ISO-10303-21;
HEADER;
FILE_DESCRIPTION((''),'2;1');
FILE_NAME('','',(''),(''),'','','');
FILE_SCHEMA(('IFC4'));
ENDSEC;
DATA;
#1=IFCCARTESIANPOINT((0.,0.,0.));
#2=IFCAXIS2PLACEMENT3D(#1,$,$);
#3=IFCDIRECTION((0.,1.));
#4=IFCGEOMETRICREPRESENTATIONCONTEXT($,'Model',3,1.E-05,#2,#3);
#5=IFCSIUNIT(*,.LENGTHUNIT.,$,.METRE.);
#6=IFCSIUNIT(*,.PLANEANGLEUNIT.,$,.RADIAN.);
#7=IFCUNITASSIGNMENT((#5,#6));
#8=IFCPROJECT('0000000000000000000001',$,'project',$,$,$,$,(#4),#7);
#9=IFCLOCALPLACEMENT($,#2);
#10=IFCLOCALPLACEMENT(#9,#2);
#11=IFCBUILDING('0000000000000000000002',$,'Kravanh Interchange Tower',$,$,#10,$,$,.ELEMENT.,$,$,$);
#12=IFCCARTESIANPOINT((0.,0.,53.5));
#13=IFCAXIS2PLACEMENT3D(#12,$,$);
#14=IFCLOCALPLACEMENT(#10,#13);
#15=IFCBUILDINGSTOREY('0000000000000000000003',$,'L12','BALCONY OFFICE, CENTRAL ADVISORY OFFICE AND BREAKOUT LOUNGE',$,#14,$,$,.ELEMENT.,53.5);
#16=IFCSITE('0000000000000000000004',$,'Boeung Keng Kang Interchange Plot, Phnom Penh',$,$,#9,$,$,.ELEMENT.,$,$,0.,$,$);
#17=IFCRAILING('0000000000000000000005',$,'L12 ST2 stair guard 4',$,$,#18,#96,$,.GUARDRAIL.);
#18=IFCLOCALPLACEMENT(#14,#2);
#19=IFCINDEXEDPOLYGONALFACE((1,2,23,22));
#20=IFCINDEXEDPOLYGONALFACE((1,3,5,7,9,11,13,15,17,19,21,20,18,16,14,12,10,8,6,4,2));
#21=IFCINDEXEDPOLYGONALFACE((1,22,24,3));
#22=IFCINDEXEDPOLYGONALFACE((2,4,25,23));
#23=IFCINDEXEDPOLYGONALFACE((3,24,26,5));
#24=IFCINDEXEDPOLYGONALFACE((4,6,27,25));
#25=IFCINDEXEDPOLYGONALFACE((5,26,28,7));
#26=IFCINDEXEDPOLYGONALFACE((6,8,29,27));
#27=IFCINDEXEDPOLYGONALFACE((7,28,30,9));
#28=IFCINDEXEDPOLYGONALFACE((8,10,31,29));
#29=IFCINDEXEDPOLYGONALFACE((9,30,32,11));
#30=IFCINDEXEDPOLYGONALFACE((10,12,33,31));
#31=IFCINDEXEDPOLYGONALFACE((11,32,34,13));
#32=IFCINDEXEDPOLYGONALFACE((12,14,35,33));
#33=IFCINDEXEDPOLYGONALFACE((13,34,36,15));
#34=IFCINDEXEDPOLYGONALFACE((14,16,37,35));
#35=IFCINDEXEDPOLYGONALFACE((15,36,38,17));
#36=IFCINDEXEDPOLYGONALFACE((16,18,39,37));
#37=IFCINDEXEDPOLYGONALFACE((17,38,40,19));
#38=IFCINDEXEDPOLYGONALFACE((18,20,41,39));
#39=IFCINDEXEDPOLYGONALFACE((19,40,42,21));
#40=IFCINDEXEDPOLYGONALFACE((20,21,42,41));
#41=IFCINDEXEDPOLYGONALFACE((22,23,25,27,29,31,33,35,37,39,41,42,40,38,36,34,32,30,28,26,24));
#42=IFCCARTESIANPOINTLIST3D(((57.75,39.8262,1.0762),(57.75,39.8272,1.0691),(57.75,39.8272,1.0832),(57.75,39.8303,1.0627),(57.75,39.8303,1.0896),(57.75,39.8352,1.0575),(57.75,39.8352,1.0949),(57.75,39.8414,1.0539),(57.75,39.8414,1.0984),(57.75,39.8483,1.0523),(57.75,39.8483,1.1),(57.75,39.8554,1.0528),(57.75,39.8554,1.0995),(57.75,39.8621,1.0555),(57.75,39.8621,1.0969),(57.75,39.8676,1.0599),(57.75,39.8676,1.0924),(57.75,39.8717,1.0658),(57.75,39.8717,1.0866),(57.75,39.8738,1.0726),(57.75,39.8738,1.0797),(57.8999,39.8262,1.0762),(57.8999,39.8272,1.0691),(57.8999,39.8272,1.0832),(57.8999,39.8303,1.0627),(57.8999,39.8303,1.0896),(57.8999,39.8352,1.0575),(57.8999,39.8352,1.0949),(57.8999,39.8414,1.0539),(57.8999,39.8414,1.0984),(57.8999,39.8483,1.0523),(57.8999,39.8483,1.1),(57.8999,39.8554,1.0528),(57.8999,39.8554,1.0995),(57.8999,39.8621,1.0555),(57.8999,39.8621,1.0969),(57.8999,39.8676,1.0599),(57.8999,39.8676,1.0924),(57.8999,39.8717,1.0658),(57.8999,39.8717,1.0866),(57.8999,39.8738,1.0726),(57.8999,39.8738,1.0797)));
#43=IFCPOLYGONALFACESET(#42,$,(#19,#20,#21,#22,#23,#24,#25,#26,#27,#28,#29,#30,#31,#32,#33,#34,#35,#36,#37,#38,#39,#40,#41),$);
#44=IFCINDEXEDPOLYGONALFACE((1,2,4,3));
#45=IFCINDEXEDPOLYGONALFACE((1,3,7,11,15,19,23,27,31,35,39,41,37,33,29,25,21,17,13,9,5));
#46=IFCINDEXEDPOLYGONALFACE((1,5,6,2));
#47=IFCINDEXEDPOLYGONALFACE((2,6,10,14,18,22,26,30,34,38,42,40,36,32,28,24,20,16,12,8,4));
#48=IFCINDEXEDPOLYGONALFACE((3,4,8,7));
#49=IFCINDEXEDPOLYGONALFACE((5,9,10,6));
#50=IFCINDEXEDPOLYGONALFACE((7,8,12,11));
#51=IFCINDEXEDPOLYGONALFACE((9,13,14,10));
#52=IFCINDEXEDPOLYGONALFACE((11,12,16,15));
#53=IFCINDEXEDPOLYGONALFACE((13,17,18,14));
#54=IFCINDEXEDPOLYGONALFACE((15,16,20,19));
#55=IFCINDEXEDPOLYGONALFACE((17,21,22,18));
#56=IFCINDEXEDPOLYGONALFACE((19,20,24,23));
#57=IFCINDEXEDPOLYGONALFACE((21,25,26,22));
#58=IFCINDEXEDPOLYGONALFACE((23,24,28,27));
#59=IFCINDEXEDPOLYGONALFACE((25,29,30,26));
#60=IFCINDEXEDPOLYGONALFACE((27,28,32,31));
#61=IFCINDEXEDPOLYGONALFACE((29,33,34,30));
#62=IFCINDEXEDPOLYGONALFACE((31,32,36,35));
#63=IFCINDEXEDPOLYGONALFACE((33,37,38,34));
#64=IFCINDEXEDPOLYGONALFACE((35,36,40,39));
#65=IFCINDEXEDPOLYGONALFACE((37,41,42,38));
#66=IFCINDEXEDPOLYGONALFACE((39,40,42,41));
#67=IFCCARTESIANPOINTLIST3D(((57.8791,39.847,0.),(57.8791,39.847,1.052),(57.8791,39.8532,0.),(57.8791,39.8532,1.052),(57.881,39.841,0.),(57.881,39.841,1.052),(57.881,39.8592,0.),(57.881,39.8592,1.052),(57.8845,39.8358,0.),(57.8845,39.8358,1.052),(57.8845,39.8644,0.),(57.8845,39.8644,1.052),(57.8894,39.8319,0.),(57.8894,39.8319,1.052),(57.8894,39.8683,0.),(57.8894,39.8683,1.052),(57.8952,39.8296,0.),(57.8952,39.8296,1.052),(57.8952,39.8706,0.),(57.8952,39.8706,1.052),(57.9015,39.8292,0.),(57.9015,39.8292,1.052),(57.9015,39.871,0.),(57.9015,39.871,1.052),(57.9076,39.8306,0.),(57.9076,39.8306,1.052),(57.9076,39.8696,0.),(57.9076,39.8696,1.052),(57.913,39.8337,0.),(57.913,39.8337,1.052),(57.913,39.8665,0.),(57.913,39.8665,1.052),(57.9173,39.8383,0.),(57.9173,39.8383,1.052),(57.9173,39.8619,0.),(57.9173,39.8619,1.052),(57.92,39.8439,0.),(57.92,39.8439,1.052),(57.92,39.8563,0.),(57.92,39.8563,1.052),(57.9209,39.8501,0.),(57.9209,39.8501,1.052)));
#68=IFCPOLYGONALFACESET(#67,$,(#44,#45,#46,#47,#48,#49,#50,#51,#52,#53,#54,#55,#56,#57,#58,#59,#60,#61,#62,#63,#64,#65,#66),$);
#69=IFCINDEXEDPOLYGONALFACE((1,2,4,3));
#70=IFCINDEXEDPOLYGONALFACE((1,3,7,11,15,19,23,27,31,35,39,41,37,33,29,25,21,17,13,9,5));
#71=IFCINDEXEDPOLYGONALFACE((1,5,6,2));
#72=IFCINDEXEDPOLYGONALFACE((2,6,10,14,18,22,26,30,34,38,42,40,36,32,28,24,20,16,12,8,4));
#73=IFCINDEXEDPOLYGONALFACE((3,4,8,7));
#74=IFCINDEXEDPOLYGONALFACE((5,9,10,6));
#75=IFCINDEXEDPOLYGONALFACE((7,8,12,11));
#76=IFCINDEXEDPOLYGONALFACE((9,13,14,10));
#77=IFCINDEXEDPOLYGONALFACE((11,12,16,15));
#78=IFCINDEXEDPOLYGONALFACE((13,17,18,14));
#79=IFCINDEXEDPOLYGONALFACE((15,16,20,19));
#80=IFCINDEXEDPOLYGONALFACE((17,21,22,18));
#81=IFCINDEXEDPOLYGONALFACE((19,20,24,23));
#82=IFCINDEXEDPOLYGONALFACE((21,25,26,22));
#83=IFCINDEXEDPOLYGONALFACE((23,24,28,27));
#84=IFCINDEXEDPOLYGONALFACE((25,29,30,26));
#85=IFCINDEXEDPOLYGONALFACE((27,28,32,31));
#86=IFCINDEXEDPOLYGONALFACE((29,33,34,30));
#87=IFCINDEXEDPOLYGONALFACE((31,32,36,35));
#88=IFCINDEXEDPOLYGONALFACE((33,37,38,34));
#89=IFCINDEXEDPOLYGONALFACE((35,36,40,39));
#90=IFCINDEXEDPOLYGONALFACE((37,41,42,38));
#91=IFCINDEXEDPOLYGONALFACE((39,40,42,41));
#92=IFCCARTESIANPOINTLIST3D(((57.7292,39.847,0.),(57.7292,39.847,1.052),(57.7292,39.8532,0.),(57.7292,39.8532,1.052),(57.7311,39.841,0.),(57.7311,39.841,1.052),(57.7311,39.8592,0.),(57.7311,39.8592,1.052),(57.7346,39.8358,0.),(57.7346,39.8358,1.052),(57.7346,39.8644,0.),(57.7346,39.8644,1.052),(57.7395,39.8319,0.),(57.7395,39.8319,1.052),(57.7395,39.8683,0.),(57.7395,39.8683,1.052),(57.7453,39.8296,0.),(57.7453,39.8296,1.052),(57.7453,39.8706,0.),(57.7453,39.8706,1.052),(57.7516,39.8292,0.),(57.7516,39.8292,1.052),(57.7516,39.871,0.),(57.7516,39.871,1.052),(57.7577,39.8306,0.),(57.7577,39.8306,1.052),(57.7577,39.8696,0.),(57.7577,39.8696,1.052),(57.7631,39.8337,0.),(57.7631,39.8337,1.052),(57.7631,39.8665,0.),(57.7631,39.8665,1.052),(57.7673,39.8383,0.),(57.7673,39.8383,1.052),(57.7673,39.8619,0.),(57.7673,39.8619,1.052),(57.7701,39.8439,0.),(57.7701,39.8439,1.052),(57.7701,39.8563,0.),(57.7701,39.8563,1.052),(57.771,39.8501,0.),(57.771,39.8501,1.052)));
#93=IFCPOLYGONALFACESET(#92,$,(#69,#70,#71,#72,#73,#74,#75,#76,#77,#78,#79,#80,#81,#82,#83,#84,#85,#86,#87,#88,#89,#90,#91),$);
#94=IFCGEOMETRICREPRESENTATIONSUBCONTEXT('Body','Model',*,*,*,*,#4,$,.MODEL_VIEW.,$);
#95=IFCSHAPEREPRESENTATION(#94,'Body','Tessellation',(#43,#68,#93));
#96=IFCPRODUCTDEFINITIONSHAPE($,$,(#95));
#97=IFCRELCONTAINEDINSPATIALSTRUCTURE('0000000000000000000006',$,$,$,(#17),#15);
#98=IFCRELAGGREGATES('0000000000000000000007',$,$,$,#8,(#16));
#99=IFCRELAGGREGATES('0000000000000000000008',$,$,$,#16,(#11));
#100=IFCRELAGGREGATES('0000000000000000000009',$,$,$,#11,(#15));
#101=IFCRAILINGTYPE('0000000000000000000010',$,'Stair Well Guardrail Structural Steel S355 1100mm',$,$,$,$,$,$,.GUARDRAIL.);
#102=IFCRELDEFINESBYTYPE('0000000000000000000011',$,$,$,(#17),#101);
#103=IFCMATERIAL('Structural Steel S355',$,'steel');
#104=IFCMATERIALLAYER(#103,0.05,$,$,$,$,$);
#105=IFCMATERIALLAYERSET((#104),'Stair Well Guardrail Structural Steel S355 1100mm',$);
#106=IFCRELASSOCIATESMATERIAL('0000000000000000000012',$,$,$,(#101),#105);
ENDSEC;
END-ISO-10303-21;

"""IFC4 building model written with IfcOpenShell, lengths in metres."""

from ifc_helpers import new_model, si_unit, direction, frame, origin, origin_2d, place, context, subcontext, project, spatial, circle, extrude, material, layer, layer_set, type_object, element, save


model = new_model("IFC4")

# Units and contexts
model_context = context("Model", 3, precision=1e-05, world=origin(), true_north=direction((0.0, 1.0)))
body_context = subcontext(model_context, "Body", "Model", "MODEL_VIEW")
ifc_project = project(units=[si_unit("LENGTHUNIT", "METRE"), si_unit("PLANEANGLEUNIT", "RADIAN")], contexts=[model_context])

# Site, building, storey
site_placement = place(None, origin())
site = spatial("IfcSite", under=ifc_project, at=site_placement, Name="Boeung Keng Kang Interchange Plot, Phnom Penh", CompositionType="ELEMENT", RefElevation=0.0)
building_placement = place(site_placement, origin())
building = spatial("IfcBuilding", under=site, at=building_placement, Name="Kravanh Interchange Tower", CompositionType="ELEMENT")
storey_placement = place(building_placement, frame((0.0, 0.0, 53.5)))
storey = spatial("IfcBuildingStorey", under=building, at=storey_placement, Name="L12", Description="BALCONY OFFICE, CENTRAL ADVISORY OFFICE AND BREAKOUT LOUNGE", CompositionType="ELEMENT", Elevation=53.5)

# Railing
ifc_material_1 = material(Name="Structural Steel S355", Category="steel")
ifc_layer_1 = layer(ifc_material_1, 0.05)
ifc_layer_set_1 = layer_set([ifc_layer_1], Name="Stair Well Guardrail Structural Steel S355 1100mm")
railing_type_1 = type_object("IfcRailingType", Name="Stair Well Guardrail Structural Steel S355 1100mm", PredefinedType="GUARDRAIL", material=ifc_layer_set_1)
railing_1_placement = place(storey_placement, frame((57.8999, 39.8501, 0.0)))
element("IfcRailing", 1, at=railing_1_placement, inside=storey, type_object=railing_type_1, Name="L12 ST2 stair guard 4", PredefinedType="GUARDRAIL", context=body_context, shape_type="SweptSolid", body=[
    extrude(circle(Radius=0.0239, at=origin_2d()), frame((0.0, 0.0, 1.0762), z_axis=(-1.0, 0.0, 0.0), x_axis=(0.0, -1.0, 0.0)), (0.0, 0.0, 1.0), 0.1499),
    extrude(circle(Radius=0.021, at=origin_2d()), origin(), (0.0, 0.0, 1.0), 1.052),
    extrude(circle(Radius=0.021, at=origin_2d()), frame((-0.1499, 0.0, 0.0)), (0.0, 0.0, 1.0), 1.052),
])

save(model, "model.ifc")
